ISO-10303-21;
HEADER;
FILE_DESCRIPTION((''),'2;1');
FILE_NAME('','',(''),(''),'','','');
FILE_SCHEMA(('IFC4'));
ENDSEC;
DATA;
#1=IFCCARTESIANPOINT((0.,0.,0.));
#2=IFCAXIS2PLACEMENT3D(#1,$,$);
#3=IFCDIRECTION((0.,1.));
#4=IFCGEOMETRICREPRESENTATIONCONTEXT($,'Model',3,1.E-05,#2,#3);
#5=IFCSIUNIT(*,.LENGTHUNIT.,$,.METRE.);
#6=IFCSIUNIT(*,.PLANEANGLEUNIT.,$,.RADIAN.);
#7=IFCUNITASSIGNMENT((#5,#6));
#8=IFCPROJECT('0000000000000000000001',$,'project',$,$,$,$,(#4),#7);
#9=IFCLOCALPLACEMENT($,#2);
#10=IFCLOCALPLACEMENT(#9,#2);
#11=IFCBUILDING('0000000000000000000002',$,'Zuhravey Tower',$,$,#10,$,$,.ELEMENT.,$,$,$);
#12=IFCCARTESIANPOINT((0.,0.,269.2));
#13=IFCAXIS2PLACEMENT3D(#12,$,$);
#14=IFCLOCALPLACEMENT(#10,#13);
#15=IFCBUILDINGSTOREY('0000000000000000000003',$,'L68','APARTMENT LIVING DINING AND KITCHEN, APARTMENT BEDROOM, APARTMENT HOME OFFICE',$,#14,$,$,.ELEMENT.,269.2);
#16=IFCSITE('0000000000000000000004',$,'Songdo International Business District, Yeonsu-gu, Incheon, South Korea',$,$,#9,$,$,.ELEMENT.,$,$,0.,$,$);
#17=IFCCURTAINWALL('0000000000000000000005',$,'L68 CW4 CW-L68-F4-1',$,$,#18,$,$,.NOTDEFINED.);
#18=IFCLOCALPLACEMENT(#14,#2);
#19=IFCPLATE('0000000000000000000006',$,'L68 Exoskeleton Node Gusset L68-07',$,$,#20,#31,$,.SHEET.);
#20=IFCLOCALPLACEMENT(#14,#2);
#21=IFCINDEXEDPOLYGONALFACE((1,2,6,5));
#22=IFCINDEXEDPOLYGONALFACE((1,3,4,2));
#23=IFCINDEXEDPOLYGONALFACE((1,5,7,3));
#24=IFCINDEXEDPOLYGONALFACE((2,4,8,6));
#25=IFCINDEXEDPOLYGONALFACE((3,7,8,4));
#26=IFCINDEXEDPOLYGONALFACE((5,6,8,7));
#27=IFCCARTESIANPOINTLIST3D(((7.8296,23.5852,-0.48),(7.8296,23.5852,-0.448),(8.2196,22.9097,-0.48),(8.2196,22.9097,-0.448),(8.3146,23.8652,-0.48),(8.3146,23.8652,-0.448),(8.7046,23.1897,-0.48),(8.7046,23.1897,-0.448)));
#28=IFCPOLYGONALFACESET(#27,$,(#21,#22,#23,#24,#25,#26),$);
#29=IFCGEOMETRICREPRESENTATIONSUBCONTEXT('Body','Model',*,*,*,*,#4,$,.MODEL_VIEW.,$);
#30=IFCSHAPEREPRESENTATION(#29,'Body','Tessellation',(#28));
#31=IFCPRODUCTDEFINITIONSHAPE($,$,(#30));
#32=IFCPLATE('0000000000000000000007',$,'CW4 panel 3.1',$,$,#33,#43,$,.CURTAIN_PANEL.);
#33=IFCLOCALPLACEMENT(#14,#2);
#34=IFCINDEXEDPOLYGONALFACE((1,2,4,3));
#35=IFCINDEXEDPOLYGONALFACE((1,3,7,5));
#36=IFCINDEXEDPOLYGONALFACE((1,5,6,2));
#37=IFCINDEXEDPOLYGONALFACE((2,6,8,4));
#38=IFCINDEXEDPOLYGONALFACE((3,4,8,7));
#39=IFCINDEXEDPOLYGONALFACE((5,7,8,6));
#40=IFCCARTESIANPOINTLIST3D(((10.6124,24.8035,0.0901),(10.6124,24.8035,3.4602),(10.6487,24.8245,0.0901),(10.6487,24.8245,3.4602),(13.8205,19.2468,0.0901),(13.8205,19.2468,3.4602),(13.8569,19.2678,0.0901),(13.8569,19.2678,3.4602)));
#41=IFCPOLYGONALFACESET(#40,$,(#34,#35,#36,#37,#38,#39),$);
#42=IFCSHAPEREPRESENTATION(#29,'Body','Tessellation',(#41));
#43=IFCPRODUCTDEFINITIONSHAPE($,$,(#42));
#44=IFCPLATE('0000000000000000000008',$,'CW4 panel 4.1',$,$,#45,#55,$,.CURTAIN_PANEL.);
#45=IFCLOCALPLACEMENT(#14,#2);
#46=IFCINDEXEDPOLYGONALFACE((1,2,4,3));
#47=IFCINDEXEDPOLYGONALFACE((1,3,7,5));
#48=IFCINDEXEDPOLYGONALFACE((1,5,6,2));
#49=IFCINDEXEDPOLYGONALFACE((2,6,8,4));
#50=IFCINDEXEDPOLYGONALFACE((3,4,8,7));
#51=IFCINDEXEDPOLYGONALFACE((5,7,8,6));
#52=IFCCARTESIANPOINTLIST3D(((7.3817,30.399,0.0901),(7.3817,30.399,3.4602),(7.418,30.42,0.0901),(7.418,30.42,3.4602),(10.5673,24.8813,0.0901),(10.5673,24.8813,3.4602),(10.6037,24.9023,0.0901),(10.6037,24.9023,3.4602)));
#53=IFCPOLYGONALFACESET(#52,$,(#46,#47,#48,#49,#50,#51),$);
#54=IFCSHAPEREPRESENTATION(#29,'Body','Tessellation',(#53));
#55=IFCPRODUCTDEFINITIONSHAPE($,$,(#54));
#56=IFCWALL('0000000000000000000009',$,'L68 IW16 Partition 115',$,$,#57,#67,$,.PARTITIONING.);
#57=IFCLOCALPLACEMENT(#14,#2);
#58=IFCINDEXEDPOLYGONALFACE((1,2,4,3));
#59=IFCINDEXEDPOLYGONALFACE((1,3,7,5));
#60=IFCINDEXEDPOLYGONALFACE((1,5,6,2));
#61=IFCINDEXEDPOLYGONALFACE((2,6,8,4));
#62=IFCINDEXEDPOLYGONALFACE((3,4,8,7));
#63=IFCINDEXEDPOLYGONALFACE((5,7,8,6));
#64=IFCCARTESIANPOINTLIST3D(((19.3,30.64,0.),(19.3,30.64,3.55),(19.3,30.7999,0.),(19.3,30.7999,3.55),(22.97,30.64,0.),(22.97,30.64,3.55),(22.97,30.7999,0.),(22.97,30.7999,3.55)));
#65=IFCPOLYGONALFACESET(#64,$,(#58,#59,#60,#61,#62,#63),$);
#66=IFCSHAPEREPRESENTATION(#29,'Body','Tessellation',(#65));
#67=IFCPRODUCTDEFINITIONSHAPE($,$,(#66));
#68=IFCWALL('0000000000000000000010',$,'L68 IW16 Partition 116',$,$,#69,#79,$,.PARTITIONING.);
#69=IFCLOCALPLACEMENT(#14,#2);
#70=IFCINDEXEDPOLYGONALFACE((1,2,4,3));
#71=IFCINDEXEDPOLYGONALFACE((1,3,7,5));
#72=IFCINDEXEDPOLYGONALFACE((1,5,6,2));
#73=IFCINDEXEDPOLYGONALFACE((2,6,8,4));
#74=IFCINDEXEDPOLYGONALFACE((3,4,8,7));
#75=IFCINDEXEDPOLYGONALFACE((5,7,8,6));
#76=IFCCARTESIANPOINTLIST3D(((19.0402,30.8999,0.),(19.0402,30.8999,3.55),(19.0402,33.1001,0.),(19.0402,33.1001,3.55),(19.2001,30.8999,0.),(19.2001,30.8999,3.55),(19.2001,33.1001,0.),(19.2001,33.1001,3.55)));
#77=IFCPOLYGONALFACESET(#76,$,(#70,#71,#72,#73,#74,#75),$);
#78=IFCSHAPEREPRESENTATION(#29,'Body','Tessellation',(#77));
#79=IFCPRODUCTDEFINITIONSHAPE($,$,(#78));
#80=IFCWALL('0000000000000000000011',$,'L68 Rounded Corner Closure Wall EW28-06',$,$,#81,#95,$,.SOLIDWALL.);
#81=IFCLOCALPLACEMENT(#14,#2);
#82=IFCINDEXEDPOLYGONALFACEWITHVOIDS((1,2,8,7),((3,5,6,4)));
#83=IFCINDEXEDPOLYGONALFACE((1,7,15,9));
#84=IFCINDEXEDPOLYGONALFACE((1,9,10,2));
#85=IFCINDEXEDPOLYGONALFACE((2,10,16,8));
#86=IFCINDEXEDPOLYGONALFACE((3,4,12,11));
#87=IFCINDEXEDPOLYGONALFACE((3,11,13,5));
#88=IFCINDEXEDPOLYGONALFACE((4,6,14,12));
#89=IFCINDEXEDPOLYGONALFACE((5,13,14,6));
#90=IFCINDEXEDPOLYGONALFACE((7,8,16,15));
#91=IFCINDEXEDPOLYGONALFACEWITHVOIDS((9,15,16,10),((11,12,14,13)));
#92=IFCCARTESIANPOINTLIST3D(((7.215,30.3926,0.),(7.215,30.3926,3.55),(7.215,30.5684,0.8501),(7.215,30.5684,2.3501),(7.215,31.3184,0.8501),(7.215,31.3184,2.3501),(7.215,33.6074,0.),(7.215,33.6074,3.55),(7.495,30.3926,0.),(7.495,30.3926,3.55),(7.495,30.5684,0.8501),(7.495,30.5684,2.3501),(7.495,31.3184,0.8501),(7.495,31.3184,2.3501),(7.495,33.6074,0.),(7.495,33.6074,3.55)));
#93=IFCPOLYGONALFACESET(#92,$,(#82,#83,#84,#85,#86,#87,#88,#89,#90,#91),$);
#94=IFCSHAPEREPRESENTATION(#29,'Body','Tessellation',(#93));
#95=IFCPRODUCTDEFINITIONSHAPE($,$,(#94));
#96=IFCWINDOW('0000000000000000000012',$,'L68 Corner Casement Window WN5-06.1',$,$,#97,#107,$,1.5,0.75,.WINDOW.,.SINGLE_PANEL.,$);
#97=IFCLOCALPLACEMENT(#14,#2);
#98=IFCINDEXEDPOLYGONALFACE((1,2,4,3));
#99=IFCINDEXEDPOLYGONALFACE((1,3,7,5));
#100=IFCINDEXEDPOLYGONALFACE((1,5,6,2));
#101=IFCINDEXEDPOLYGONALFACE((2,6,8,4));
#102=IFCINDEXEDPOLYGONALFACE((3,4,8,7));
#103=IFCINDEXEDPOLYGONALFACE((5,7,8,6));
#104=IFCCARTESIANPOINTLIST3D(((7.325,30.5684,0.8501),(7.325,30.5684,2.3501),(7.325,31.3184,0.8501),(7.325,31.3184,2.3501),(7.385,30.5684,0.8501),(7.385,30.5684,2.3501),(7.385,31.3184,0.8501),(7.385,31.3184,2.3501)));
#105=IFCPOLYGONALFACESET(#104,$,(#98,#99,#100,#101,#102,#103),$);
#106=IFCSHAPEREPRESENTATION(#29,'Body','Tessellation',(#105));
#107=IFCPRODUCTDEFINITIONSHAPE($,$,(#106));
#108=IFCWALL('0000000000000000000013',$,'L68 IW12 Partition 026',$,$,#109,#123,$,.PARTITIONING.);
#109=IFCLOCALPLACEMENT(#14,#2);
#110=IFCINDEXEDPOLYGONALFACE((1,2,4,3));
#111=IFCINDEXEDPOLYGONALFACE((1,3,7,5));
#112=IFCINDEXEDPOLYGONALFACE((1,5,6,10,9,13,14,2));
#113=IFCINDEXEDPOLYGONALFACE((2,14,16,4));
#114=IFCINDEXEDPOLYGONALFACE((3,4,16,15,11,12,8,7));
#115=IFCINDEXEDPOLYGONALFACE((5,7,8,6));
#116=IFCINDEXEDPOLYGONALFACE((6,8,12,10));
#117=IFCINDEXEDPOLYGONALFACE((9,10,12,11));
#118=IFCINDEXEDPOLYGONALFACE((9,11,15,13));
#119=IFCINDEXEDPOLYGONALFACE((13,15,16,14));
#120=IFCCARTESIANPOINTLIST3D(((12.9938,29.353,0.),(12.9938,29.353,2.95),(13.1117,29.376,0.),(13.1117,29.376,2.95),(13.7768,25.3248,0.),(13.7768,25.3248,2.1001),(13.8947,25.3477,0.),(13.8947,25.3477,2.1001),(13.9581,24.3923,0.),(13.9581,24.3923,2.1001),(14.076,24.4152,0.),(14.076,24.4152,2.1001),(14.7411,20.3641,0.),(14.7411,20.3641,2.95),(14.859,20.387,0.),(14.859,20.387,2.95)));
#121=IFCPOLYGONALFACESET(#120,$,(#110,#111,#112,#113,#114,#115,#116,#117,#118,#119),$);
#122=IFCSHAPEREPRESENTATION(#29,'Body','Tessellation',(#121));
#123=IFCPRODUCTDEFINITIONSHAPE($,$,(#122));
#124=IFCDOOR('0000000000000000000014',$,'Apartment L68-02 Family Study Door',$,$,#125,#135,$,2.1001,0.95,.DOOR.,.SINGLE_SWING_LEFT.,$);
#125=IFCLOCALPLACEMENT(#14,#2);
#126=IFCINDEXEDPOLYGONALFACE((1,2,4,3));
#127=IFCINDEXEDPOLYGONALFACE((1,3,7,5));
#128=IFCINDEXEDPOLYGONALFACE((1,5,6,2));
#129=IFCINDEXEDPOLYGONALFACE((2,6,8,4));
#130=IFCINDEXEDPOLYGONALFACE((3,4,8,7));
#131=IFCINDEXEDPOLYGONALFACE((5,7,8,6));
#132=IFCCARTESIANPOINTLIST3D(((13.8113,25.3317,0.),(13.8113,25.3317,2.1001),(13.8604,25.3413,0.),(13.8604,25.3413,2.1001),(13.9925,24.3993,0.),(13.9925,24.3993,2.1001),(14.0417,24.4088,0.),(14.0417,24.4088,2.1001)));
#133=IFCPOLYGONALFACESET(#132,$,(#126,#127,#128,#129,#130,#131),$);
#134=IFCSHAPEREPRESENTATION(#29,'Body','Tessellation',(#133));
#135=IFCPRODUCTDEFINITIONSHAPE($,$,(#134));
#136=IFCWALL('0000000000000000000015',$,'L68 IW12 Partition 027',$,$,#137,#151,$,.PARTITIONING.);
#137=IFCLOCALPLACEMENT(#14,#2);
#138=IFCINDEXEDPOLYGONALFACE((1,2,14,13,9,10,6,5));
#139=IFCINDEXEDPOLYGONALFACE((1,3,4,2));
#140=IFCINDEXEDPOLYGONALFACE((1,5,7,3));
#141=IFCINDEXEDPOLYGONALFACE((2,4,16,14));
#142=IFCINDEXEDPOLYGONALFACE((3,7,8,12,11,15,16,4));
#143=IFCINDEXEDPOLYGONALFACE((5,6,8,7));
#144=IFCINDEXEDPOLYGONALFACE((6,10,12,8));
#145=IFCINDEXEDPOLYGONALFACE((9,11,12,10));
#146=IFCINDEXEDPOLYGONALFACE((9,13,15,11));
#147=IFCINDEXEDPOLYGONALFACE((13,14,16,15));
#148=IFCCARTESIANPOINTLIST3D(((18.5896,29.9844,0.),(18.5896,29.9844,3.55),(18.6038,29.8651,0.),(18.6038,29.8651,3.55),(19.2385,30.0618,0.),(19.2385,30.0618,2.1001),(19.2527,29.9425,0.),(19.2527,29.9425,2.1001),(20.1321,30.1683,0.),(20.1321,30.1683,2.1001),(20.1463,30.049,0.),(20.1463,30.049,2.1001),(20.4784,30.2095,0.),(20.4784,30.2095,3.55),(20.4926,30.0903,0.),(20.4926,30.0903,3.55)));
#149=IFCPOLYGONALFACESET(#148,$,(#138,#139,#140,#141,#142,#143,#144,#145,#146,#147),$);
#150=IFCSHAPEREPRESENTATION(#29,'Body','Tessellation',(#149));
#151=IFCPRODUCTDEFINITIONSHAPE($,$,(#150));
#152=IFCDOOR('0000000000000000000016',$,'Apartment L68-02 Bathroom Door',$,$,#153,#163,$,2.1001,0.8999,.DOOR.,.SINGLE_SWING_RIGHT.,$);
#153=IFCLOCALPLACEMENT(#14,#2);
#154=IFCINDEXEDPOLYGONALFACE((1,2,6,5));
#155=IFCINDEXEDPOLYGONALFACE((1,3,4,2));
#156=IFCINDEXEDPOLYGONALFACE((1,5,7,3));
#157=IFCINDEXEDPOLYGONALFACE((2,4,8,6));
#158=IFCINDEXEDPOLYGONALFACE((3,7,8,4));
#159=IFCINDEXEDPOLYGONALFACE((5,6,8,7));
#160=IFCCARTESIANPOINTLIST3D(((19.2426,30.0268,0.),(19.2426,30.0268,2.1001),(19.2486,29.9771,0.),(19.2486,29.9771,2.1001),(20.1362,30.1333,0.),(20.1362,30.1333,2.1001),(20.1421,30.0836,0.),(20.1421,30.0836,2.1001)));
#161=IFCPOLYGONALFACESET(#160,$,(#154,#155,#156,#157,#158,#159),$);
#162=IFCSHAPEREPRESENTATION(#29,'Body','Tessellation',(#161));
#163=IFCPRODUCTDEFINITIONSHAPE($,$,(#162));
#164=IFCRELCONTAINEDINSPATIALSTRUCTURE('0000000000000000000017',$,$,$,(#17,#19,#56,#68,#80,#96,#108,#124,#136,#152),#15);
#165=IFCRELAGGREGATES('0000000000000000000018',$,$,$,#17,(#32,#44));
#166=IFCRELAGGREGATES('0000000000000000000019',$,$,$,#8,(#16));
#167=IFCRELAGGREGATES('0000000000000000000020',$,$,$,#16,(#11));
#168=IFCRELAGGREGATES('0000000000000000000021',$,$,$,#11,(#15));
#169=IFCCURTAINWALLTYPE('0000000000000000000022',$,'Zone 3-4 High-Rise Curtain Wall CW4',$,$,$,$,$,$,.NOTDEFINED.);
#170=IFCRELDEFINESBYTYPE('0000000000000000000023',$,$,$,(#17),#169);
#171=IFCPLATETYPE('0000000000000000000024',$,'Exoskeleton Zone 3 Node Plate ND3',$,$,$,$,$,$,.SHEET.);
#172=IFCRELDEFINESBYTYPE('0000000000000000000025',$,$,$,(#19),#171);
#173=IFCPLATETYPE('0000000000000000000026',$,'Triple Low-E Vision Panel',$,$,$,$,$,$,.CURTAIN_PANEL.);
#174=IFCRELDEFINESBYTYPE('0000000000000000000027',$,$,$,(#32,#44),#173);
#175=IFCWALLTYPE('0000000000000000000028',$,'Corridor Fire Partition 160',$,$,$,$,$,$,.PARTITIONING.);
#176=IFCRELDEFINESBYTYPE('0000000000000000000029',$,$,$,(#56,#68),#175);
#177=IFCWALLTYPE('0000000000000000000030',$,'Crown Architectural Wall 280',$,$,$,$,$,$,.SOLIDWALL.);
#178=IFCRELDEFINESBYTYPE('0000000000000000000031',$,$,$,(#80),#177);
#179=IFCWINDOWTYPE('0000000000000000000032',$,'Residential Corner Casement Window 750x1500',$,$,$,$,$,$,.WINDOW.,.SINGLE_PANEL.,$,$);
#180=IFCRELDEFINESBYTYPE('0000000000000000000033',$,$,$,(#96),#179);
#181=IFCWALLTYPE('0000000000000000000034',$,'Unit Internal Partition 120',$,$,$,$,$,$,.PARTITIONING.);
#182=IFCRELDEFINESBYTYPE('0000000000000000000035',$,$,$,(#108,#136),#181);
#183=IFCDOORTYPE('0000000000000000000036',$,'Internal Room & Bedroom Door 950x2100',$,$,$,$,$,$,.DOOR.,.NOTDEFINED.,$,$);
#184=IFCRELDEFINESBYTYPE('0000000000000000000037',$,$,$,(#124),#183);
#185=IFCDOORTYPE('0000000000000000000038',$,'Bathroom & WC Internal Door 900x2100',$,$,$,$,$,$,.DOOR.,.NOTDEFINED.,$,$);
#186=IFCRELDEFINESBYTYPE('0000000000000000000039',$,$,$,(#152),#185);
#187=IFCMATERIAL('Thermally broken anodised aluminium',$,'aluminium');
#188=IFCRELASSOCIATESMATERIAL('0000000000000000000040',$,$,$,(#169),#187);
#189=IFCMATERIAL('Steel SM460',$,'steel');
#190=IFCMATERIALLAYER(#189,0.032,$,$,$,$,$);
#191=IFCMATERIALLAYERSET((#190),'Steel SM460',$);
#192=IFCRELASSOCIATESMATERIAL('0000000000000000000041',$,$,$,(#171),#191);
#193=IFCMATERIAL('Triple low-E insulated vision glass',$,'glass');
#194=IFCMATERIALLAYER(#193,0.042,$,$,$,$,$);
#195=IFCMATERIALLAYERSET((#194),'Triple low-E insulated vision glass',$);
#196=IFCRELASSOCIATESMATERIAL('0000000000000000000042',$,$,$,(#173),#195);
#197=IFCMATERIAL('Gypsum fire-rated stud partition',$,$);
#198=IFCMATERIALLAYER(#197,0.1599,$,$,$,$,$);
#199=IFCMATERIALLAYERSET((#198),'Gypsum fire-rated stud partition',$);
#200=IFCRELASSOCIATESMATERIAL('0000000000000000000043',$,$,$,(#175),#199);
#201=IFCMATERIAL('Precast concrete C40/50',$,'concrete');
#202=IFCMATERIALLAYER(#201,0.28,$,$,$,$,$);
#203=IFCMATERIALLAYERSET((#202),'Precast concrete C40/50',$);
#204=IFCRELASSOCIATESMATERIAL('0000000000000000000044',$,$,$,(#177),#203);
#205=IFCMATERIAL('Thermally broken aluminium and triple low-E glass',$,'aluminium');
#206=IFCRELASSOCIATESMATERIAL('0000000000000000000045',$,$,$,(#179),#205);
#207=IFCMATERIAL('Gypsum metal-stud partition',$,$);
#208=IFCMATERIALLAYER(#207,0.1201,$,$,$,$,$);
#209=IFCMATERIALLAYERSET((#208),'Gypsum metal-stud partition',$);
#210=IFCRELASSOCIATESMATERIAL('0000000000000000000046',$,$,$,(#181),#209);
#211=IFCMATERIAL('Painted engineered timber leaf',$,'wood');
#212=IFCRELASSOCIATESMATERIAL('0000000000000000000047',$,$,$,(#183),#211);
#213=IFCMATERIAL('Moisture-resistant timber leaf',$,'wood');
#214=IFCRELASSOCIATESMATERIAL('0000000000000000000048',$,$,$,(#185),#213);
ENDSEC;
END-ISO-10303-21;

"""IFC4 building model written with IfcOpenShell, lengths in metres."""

from ifc_helpers import new_model, si_unit, direction, frame, frame_2d, origin, origin_2d, place, context, subcontext, project, spatial, rectangle, extrude, material, layer, layer_set, type_object, element, fill, aggregate, save


model = new_model("IFC4")

# Units and contexts
model_context = context("Model", 3, precision=1e-05, world=origin(), true_north=direction((0.0, 1.0)))
body_context = subcontext(model_context, "Body", "Model", "MODEL_VIEW")
ifc_project = project(units=[si_unit("LENGTHUNIT", "METRE"), si_unit("PLANEANGLEUNIT", "RADIAN")], contexts=[model_context])

# Site, building, storey
site_placement = place(None, origin())
site = spatial("IfcSite", under=ifc_project, at=site_placement, Name="Songdo International Business District, Yeonsu-gu, Incheon, South Korea", CompositionType="ELEMENT", RefElevation=0.0)
building_placement = place(site_placement, origin())
building = spatial("IfcBuilding", under=site, at=building_placement, Name="Zuhravey Tower", CompositionType="ELEMENT")
storey_placement = place(building_placement, frame((0.0, 0.0, 269.2)))
storey = spatial("IfcBuildingStorey", under=building, at=storey_placement, Name="L68", Description="APARTMENT LIVING DINING AND KITCHEN, APARTMENT BEDROOM, APARTMENT HOME OFFICE", CompositionType="ELEMENT", Elevation=269.2)

# Curtain wall
ifc_material_1 = material(Name="Thermally broken anodised aluminium", Category="aluminium")
curtain_wall_type = type_object("IfcCurtainWallType", Name="Zone 3-4 High-Rise Curtain Wall CW4", PredefinedType="NOTDEFINED", material=ifc_material_1)
curtain_wall_placement = place(storey_placement, origin())
curtain_wall = element("IfcCurtainWall", 1, at=curtain_wall_placement, inside=storey, type_object=curtain_wall_type, Name="L68 CW4 CW-L68-F4-1", PredefinedType="NOTDEFINED")

# Plates
ifc_material_2 = material(Name="Steel SM460", Category="steel")
ifc_layer_1 = layer(ifc_material_2, 0.032)
ifc_layer_set_1 = layer_set([ifc_layer_1], Name="Steel SM460")
plate_type_1 = type_object("IfcPlateType", Name="Exoskeleton Zone 3 Node Plate ND3", PredefinedType="SHEET", material=ifc_layer_set_1)
plate_1_placement = place(storey_placement, frame((8.2671, 23.3875, -0.48), z_axis=(0.0, 0.0, 1.0), x_axis=(0.5, -0.866025, 0.0)))
element("IfcPlate", 2, at=plate_1_placement, inside=storey, type_object=plate_type_1, Name="L68 Exoskeleton Node Gusset L68-07", PredefinedType="SHEET", context=body_context, shape_type="SweptSolid", body=[
    extrude(rectangle(XDim=0.78, YDim=0.5601, at=origin_2d()), origin(), (0.0, 0.0, 1.0), 0.032),
])
ifc_material_3 = material(Name="Triple low-E insulated vision glass", Category="glass")
ifc_layer_2 = layer(ifc_material_3, 0.042)
ifc_layer_set_2 = layer_set([ifc_layer_2], Name="Triple low-E insulated vision glass")
plate_type_2 = type_object("IfcPlateType", Name="Triple Low-E Vision Panel", PredefinedType="CURTAIN_PANEL", material=ifc_layer_set_2)
plate_2_placement = place(storey_placement, frame((12.2346, 22.0356, 0.0901), z_axis=(0.0, 0.0, 1.0), x_axis=(-0.500001, 0.866025, 0.0)))
plate_2 = element("IfcPlate", 3, at=plate_2_placement, type_object=plate_type_2, Name="CW4 panel 3.1", PredefinedType="CURTAIN_PANEL", context=body_context, shape_type="SweptSolid", body=[
    extrude(rectangle(XDim=6.4163, YDim=0.042, at=origin_2d()), origin(), (0.0, 0.0, 1.0), 3.3701),
])
plate_3_placement = place(storey_placement, frame((8.9927, 27.6506, 0.0901), z_axis=(0.0, 0.0, 1.0), x_axis=(-0.500001, 0.866025, 0.0)))
plate_3 = element("IfcPlate", 4, at=plate_3_placement, type_object=plate_type_2, Name="CW4 panel 4.1", PredefinedType="CURTAIN_PANEL", context=body_context, shape_type="SweptSolid", body=[
    extrude(rectangle(XDim=6.3713, YDim=0.042, at=origin_2d()), origin(), (0.0, 0.0, 1.0), 3.3701),
])
aggregate(curtain_wall, [plate_2, plate_3])

# Walls
ifc_material_4 = material(Name="Gypsum fire-rated stud partition")
ifc_layer_3 = layer(ifc_material_4, 0.1599)
ifc_layer_set_3 = layer_set([ifc_layer_3], Name="Gypsum fire-rated stud partition")
wall_type_1 = type_object("IfcWallType", Name="Corridor Fire Partition 160", PredefinedType="PARTITIONING", material=ifc_layer_set_3)
wall_1_placement = place(storey_placement, frame((19.3, 30.72, 0.0), z_axis=(0.0, 0.0, 1.0), x_axis=(1.0, 0.0, 0.0)))
element("IfcWall", 5, at=wall_1_placement, inside=storey, type_object=wall_type_1, Name="L68 IW16 Partition 115", PredefinedType="PARTITIONING", context=body_context, shape_type="SweptSolid", body=[
    extrude(rectangle(XDim=3.6699, YDim=0.1599, at=frame_2d((1.835, 0.0))), origin(), (0.0, 0.0, 1.0), 3.55),
])
wall_2_placement = place(storey_placement, frame((19.1201, 33.1001, 0.0), z_axis=(0.0, 0.0, 1.0), x_axis=(0.0, -1.0, 0.0)))
element("IfcWall", 6, at=wall_2_placement, inside=storey, type_object=wall_type_1, Name="L68 IW16 Partition 116", PredefinedType="PARTITIONING", context=body_context, shape_type="SweptSolid", body=[
    extrude(rectangle(XDim=2.2002, YDim=0.1599, at=frame_2d((1.1001, 0.0))), origin(), (0.0, 0.0, 1.0), 3.55),
])

# Wall, opening, window
ifc_material_5 = material(Name="Precast concrete C40/50", Category="concrete")
ifc_layer_4 = layer(ifc_material_5, 0.28)
ifc_layer_set_4 = layer_set([ifc_layer_4], Name="Precast concrete C40/50")
wall_type_2 = type_object("IfcWallType", Name="Crown Architectural Wall 280", PredefinedType="SOLIDWALL", material=ifc_layer_set_4)
wall_3_placement = place(storey_placement, frame((7.355, 30.3926, 0.0), z_axis=(0.0, 0.0, 1.0), x_axis=(0.0, 1.0, 0.0)))
wall_3 = element("IfcWall", 7, at=wall_3_placement, inside=storey, type_object=wall_type_2, Name="L68 Rounded Corner Closure Wall EW28-06", PredefinedType="SOLIDWALL", context=body_context, shape_type="SweptSolid", body=[
    extrude(rectangle(XDim=3.2148, YDim=0.28, at=frame_2d((1.6074, 0.0))), origin(), (0.0, 0.0, 1.0), 3.55),
])
opening_1_placement = place(wall_3_placement, frame((0.1758, 0.0, 0.8501)))
opening_1 = element("IfcOpeningElement", 8, at=opening_1_placement, cuts=wall_3, PredefinedType="OPENING", context=body_context, shape_type="SweptSolid", body=[
    extrude(rectangle(XDim=0.75, YDim=1.5, at=frame_2d((0.375, 0.75))), frame((0.0, 0.1521, 0.0), z_axis=(0.0, -1.0, 0.0), x_axis=(1.0, 0.0, 0.0)), (0.0, 0.0, 1.0), 0.304),
])
ifc_material_6 = material(Name="Thermally broken aluminium and triple low-E glass", Category="aluminium")
window_type = type_object("IfcWindowType", Name="Residential Corner Casement Window 750x1500", PartitioningType="SINGLE_PANEL", PredefinedType="WINDOW", material=ifc_material_6)
window_placement = place(opening_1_placement, origin())
window = element("IfcWindow", 9, at=window_placement, inside=storey, type_object=window_type, Name="L68 Corner Casement Window WN5-06.1", OverallHeight=1.5, OverallWidth=0.75, PartitioningType="SINGLE_PANEL", PredefinedType="WINDOW", context=body_context, shape_type="SweptSolid", body=[
    extrude(rectangle(XDim=0.75, YDim=1.5, at=frame_2d((0.375, 0.75))), frame((0.0, 0.03, 0.0), z_axis=(0.0, -1.0, 0.0), x_axis=(1.0, 0.0, 0.0)), (0.0, 0.0, 1.0), 0.0601),
])
fill(opening_1, window)

# Walls, openings, doors
ifc_material_7 = material(Name="Gypsum metal-stud partition")
ifc_layer_5 = layer(ifc_material_7, 0.1201)
ifc_layer_set_5 = layer_set([ifc_layer_5], Name="Gypsum metal-stud partition")
wall_type_3 = type_object("IfcWallType", Name="Unit Internal Partition 120", PredefinedType="PARTITIONING", material=ifc_layer_set_5)
wall_4_placement = place(storey_placement, frame((13.0527, 29.3645, 0.0), z_axis=(0.0, 0.0, 1.0), x_axis=(0.190812, -0.981627, 0.0)))
wall_4 = element("IfcWall", 10, at=wall_4_placement, inside=storey, type_object=wall_type_3, Name="L68 IW12 Partition 026", PredefinedType="PARTITIONING", context=body_context, shape_type="SweptSolid", body=[
    extrude(rectangle(XDim=9.1572, YDim=0.1201, at=frame_2d((4.5786, 0.0))), origin(), (0.0, 0.0, 1.0), 2.95),
])
opening_2_placement = place(wall_4_placement, frame((4.1035, 0.0, 0.0)))
opening_2 = element("IfcOpeningElement", 11, at=opening_2_placement, cuts=wall_4, PredefinedType="OPENING", context=body_context, shape_type="SweptSolid", body=[
    extrude(rectangle(XDim=0.95, YDim=2.1001, at=frame_2d((0.4751, 1.05))), frame((0.0, 0.072, 0.0), z_axis=(0.0, -1.0, 0.0), x_axis=(1.0, 0.0, 0.0)), (0.0, 0.0, 1.0), 0.144),
])
ifc_material_8 = material(Name="Painted engineered timber leaf", Category="wood")
door_type_1 = type_object("IfcDoorType", Name="Internal Room & Bedroom Door 950x2100", OperationType="NOTDEFINED", PredefinedType="DOOR", material=ifc_material_8)
door_1_placement = place(opening_2_placement, frame((0.95, 0.0, 0.0), z_axis=(0.0, 0.0, 1.0), x_axis=(-1.0, 0.0, 0.0)))
door_1 = element("IfcDoor", 12, at=door_1_placement, inside=storey, type_object=door_type_1, Name="Apartment L68-02 Family Study Door", OperationType="SINGLE_SWING_LEFT", OverallHeight=2.1001, OverallWidth=0.95, PredefinedType="DOOR", context=body_context, shape_type="SweptSolid", body=[
    extrude(rectangle(XDim=0.95, YDim=2.1001, at=frame_2d((0.4751, 1.05))), frame((0.0, 0.0249, 0.0), z_axis=(0.0, -1.0, 0.0), x_axis=(1.0, 0.0, 0.0)), (0.0, 0.0, 1.0), 0.05),
])
fill(opening_2, door_1)
wall_5_placement = place(storey_placement, frame((20.4856, 30.1499, 0.0), z_axis=(0.0, 0.0, 1.0), x_axis=(-0.992972, -0.118345, 0.0)))
wall_5 = element("IfcWall", 13, at=wall_5_placement, inside=storey, type_object=wall_type_3, Name="L68 IW12 Partition 027", PredefinedType="PARTITIONING", context=body_context, shape_type="SweptSolid", body=[
    extrude(rectangle(XDim=1.9021, YDim=0.1201, at=frame_2d((0.9512, 0.0))), origin(), (0.0, 0.0, 1.0), 3.55),
])
opening_3_placement = place(wall_5_placement, frame((0.3489, 0.0, 0.0)))
opening_3 = element("IfcOpeningElement", 14, at=opening_3_placement, cuts=wall_5, PredefinedType="OPENING", context=body_context, shape_type="SweptSolid", body=[
    extrude(rectangle(XDim=0.8999, YDim=2.1001, at=frame_2d((0.45, 1.05))), frame((0.0, 0.072, 0.0), z_axis=(0.0, -1.0, 0.0), x_axis=(1.0, 0.0, 0.0)), (0.0, 0.0, 1.0), 0.144),
])
ifc_material_9 = material(Name="Moisture-resistant timber leaf", Category="wood")
door_type_2 = type_object("IfcDoorType", Name="Bathroom & WC Internal Door 900x2100", OperationType="NOTDEFINED", PredefinedType="DOOR", material=ifc_material_9)
door_2_placement = place(opening_3_placement, frame((0.8999, 0.0, 0.0), z_axis=(0.0, 0.0, 1.0), x_axis=(-1.0, 0.0, 0.0)))
door_2 = element("IfcDoor", 15, at=door_2_placement, inside=storey, type_object=door_type_2, Name="Apartment L68-02 Bathroom Door", OperationType="SINGLE_SWING_RIGHT", OverallHeight=2.1001, OverallWidth=0.8999, PredefinedType="DOOR", context=body_context, shape_type="SweptSolid", body=[
    extrude(rectangle(XDim=0.8999, YDim=2.1001, at=frame_2d((0.45, 1.05))), frame((0.0, 0.0249, 0.0), z_axis=(0.0, -1.0, 0.0), x_axis=(1.0, 0.0, 0.0)), (0.0, 0.0, 1.0), 0.05),
])
fill(opening_3, door_2)

save(model, "model.ifc")
